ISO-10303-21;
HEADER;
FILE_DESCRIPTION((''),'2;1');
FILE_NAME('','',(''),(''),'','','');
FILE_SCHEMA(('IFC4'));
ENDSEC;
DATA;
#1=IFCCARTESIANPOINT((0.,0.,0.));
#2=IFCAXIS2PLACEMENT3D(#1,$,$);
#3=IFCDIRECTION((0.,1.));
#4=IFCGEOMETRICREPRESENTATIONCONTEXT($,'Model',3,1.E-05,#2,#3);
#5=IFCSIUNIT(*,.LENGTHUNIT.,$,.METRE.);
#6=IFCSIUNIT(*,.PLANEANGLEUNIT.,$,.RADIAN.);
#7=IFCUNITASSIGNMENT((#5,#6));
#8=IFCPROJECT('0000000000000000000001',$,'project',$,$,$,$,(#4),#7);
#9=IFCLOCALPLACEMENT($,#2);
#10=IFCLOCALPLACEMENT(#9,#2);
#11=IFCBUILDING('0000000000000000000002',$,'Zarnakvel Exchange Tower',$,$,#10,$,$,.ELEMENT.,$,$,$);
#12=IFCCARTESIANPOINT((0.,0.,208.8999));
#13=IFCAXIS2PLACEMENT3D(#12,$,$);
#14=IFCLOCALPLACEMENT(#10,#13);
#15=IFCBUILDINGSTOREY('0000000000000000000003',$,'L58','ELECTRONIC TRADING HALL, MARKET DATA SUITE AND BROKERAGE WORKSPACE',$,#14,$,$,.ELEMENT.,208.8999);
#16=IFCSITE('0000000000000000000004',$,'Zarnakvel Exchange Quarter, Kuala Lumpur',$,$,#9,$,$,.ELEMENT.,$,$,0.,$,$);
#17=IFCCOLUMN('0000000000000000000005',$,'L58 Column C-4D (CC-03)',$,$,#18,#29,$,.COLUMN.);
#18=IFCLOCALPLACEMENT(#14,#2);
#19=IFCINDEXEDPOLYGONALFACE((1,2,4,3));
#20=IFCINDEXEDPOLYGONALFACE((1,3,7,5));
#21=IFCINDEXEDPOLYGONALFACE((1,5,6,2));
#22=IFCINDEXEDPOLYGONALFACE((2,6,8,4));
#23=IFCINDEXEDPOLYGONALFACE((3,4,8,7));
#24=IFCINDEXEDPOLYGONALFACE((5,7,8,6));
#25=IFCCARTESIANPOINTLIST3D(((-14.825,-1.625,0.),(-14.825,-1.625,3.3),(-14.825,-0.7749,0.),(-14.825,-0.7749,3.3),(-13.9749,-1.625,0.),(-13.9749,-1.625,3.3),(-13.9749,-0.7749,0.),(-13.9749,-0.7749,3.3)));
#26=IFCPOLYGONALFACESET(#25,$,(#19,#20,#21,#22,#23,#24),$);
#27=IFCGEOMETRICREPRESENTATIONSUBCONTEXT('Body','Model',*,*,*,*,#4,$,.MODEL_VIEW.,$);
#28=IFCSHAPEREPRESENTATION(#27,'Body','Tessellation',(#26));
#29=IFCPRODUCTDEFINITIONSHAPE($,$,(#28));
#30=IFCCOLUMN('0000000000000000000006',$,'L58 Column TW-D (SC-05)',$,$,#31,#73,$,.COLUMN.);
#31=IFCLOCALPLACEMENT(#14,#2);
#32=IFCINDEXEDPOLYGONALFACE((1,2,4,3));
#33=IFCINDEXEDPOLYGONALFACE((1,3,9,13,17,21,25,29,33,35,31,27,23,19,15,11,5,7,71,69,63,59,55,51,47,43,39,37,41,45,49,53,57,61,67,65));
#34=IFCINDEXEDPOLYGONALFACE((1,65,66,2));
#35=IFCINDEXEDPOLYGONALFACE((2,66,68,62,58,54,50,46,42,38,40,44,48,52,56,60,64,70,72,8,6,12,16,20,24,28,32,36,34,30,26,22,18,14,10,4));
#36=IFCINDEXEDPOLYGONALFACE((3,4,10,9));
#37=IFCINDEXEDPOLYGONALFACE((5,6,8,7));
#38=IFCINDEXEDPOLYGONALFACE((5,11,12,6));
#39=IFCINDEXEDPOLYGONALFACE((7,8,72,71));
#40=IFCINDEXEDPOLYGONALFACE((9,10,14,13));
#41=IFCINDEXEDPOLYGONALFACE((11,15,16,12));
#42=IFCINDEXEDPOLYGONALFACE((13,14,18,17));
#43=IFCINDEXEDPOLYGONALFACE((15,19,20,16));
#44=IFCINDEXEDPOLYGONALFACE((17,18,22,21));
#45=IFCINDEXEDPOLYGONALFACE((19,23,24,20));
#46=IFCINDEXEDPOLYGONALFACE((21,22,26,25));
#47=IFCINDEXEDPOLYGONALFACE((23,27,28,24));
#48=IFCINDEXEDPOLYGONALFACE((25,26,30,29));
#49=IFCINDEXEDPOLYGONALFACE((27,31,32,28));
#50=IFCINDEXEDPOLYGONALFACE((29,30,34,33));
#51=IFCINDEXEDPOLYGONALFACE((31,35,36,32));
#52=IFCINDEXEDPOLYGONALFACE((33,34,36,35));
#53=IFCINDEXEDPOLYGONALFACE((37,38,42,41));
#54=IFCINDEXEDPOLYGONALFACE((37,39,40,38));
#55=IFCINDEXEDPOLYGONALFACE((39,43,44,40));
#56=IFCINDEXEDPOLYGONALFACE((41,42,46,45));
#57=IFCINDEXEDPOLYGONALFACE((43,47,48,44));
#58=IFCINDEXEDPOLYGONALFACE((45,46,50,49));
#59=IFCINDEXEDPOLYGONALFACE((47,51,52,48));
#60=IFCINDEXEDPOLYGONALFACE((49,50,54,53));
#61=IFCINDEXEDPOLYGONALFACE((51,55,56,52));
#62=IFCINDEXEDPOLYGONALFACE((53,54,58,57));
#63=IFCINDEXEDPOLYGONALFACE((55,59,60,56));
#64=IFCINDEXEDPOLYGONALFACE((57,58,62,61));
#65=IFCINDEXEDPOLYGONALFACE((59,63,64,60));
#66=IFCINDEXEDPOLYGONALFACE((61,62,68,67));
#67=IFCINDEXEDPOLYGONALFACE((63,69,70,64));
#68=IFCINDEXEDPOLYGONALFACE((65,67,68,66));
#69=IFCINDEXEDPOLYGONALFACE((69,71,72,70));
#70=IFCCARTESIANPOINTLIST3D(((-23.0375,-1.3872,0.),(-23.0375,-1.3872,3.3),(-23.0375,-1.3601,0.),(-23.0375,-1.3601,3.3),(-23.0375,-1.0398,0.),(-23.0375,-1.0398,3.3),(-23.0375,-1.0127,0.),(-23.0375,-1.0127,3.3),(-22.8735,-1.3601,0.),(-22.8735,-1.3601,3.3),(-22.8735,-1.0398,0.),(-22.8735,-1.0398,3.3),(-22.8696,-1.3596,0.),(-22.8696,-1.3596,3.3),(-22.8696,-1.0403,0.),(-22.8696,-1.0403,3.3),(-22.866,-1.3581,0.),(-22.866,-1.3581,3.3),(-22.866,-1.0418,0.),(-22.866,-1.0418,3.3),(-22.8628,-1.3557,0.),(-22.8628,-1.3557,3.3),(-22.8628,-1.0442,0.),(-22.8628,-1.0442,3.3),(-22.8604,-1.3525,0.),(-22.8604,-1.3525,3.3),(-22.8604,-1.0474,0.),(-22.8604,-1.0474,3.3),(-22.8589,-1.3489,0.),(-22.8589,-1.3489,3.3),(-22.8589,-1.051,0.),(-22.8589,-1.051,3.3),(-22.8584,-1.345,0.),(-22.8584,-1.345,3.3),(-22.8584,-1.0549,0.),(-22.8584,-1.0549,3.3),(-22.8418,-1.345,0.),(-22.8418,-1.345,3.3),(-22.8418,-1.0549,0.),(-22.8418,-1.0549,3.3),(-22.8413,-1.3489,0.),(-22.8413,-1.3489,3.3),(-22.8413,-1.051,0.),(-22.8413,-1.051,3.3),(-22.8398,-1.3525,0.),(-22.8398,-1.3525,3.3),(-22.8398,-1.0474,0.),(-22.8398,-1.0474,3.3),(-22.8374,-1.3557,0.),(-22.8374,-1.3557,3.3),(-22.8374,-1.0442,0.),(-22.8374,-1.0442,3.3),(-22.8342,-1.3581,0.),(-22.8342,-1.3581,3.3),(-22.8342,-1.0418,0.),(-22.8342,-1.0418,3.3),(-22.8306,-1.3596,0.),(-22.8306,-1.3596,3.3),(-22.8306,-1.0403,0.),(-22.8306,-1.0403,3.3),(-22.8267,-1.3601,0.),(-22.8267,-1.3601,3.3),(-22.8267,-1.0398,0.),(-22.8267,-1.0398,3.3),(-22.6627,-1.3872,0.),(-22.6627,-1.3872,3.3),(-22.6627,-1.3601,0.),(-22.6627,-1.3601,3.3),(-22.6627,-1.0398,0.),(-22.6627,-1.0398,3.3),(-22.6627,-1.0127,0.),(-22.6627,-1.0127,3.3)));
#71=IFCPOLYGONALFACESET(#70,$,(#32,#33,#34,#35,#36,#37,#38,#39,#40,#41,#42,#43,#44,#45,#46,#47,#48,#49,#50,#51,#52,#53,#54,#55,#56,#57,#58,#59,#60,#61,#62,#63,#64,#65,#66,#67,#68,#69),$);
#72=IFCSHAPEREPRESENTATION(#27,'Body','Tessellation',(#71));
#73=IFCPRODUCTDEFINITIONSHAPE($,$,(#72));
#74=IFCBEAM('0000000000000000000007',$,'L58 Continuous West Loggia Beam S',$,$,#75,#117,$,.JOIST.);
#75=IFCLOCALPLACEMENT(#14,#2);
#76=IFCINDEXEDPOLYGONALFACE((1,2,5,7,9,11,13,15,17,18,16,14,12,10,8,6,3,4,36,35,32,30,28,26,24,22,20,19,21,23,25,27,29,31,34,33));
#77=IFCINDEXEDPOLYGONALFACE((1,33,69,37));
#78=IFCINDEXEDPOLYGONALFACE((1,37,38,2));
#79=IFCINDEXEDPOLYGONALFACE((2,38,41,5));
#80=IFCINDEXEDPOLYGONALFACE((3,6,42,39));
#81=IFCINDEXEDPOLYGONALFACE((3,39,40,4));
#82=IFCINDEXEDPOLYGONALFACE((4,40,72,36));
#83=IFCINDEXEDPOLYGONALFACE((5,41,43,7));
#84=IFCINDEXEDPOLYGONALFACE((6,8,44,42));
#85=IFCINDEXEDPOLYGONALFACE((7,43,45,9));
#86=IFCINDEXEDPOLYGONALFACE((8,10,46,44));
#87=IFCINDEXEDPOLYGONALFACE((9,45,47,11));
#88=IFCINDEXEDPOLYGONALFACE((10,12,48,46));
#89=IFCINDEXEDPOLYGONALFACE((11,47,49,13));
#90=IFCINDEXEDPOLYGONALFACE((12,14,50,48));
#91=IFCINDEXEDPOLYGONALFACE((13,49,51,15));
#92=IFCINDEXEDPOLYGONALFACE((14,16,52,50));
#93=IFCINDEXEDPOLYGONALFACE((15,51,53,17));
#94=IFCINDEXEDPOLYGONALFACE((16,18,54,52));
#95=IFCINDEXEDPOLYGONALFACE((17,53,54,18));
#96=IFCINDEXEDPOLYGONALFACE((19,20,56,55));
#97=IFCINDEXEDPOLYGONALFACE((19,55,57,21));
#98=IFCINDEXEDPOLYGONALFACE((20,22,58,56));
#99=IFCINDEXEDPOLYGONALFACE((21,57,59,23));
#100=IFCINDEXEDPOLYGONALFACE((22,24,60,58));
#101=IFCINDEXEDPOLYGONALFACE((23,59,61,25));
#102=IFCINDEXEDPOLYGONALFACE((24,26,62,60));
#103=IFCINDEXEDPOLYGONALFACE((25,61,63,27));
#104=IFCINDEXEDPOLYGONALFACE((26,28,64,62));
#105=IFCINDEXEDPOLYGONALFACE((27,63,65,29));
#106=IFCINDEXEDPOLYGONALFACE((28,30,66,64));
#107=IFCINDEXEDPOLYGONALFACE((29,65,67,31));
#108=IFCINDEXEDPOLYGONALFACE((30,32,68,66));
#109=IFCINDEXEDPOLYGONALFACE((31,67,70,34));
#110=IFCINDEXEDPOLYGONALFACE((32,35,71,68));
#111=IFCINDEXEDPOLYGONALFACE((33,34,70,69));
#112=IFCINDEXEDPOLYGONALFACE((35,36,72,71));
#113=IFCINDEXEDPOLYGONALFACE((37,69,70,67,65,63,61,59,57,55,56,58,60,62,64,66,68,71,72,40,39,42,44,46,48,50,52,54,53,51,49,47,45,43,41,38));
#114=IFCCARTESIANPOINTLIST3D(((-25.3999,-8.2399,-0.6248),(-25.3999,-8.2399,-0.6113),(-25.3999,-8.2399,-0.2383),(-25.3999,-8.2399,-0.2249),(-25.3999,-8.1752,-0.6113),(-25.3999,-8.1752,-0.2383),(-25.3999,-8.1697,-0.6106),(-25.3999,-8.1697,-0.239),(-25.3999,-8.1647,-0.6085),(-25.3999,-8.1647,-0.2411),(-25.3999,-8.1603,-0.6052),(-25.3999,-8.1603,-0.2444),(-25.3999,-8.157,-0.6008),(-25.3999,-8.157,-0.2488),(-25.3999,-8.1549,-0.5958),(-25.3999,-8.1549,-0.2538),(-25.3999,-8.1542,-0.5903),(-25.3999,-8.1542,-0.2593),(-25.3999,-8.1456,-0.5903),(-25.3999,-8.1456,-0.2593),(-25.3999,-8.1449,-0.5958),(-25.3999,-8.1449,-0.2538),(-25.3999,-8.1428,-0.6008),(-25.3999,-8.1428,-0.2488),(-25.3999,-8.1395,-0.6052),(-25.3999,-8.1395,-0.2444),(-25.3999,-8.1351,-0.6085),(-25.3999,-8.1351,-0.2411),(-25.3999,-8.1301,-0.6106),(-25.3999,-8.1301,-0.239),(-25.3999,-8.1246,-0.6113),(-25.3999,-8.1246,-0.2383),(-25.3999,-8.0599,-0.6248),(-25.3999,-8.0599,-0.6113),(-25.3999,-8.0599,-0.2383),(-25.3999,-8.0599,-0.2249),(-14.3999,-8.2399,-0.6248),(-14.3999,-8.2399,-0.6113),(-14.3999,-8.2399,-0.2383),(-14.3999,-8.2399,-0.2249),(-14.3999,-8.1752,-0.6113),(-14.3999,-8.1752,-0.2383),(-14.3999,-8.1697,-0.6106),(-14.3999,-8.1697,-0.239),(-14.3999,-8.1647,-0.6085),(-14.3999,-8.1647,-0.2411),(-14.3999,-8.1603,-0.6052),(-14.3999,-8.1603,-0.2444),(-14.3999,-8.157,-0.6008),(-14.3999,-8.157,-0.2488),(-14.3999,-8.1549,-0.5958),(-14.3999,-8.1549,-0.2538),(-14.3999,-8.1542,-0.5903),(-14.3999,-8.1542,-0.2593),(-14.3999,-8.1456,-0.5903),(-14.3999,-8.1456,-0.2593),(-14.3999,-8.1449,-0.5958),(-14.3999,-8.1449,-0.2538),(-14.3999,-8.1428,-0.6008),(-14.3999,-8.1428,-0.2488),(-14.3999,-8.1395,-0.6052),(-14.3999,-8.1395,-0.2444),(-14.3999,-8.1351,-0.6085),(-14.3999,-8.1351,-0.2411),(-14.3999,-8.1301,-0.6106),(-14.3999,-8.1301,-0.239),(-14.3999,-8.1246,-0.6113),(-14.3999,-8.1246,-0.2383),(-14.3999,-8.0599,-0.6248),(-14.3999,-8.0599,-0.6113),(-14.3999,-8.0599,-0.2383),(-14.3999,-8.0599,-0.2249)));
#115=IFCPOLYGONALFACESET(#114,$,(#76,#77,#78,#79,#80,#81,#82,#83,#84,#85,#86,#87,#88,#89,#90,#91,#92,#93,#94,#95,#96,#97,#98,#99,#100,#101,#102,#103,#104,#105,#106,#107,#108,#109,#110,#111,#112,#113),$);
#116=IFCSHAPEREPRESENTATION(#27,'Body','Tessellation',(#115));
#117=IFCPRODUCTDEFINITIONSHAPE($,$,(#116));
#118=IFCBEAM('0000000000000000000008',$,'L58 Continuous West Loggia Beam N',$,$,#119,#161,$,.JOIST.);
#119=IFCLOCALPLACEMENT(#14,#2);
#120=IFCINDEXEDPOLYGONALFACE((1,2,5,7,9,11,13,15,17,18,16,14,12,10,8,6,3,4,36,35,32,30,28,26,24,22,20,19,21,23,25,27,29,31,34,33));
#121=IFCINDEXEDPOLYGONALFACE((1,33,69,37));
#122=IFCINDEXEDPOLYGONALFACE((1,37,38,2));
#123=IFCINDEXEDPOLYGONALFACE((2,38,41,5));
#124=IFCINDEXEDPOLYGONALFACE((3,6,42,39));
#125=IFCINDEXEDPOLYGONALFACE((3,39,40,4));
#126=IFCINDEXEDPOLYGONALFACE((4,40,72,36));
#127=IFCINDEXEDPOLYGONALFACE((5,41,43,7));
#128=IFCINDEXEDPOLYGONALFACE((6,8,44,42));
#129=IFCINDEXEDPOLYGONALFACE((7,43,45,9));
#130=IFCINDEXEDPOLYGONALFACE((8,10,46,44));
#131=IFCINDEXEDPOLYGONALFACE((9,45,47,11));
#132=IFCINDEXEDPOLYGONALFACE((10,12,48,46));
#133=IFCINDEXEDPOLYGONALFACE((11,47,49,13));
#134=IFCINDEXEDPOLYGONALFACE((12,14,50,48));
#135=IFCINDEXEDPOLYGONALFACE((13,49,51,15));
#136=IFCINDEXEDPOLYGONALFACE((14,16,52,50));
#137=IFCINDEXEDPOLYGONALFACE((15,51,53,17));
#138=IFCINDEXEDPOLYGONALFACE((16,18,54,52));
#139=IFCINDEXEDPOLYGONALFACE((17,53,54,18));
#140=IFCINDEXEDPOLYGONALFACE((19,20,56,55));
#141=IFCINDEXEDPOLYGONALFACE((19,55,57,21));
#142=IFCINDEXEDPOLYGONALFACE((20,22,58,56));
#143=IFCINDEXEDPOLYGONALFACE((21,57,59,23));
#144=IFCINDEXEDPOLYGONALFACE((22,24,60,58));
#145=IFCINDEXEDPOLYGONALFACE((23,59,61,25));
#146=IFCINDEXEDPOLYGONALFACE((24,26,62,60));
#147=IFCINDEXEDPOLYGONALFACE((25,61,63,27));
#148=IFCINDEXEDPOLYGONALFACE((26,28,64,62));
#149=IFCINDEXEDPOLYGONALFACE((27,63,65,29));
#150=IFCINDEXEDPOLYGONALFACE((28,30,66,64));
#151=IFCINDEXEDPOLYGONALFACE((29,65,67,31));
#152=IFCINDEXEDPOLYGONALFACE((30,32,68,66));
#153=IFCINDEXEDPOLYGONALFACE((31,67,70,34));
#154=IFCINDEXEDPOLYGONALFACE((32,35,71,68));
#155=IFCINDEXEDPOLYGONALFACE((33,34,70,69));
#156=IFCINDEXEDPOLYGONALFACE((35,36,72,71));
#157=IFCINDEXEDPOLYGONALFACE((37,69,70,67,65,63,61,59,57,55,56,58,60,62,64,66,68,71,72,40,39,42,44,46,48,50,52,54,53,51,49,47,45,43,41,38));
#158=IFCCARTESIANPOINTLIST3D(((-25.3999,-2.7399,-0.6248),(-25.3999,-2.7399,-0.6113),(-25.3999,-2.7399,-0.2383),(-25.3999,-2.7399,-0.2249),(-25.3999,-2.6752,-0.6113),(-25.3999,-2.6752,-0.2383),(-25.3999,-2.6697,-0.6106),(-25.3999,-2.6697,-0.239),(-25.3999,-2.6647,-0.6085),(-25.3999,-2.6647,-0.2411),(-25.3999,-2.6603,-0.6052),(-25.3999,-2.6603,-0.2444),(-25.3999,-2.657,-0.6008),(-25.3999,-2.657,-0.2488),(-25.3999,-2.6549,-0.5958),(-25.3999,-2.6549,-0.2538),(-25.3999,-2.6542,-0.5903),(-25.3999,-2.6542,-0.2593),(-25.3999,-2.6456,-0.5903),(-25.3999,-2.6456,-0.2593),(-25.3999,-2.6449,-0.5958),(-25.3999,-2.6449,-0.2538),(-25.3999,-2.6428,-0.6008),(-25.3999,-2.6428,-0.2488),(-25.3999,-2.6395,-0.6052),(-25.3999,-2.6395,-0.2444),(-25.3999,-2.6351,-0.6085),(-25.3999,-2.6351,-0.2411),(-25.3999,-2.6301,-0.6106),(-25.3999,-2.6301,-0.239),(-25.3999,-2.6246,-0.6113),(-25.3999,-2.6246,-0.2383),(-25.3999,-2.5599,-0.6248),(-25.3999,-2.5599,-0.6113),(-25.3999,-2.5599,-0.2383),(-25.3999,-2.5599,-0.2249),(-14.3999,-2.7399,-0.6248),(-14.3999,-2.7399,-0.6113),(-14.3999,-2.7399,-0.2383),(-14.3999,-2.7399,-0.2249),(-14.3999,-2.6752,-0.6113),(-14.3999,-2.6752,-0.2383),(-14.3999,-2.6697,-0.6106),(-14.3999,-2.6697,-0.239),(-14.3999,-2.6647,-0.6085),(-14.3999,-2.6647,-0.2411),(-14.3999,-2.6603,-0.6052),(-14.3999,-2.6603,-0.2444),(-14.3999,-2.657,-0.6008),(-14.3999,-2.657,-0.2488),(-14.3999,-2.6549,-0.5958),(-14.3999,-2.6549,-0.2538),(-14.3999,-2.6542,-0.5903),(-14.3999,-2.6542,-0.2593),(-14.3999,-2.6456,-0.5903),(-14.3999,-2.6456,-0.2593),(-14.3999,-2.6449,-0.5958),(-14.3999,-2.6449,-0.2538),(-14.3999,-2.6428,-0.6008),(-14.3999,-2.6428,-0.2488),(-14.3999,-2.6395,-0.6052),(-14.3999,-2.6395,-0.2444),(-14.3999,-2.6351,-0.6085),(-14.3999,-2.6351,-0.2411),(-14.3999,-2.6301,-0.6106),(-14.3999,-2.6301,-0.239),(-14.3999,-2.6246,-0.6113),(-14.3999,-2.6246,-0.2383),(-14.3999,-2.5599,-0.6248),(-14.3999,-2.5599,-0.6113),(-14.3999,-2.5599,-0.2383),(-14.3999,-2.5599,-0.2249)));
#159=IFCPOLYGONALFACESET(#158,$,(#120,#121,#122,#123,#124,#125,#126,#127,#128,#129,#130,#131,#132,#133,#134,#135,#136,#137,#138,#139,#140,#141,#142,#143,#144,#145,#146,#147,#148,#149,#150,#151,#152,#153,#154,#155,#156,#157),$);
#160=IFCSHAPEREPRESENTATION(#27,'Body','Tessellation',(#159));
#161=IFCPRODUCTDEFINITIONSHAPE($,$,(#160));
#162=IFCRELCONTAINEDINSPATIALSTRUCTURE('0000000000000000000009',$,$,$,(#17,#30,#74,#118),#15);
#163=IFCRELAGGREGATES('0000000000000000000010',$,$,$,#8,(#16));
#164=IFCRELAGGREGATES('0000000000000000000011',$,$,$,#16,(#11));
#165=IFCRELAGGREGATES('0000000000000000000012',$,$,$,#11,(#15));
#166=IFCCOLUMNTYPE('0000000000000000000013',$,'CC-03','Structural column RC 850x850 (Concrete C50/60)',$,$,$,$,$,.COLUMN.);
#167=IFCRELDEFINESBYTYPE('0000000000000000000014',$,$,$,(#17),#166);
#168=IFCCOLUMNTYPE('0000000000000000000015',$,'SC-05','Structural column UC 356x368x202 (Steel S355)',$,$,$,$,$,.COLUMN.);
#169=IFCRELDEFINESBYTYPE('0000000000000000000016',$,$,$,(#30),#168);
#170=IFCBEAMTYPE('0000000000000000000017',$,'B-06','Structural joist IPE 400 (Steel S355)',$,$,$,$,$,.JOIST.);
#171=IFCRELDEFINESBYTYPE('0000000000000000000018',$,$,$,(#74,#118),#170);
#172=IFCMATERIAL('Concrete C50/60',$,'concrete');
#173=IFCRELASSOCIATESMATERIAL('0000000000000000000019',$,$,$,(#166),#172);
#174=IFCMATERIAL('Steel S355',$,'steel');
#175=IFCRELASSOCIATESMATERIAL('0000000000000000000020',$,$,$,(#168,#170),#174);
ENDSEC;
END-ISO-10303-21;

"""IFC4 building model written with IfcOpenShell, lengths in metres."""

from ifc_helpers import new_model, si_unit, direction, frame, origin, origin_2d, place, context, subcontext, project, spatial, rectangle, i_section, extrude, material, material_profile, profile_set, type_object, element, save


model = new_model("IFC4")

# Units and contexts
model_context = context("Model", 3, precision=1e-05, world=origin(), true_north=direction((0.0, 1.0)))
body_context = subcontext(model_context, "Body", "Model", "MODEL_VIEW")
ifc_project = project(units=[si_unit("LENGTHUNIT", "METRE"), si_unit("PLANEANGLEUNIT", "RADIAN")], contexts=[model_context])

# Site, building, storey
site_placement = place(None, origin())
site = spatial("IfcSite", under=ifc_project, at=site_placement, Name="Zarnakvel Exchange Quarter, Kuala Lumpur", CompositionType="ELEMENT", RefElevation=0.0)
building_placement = place(site_placement, origin())
building = spatial("IfcBuilding", under=site, at=building_placement, Name="Zarnakvel Exchange Tower", CompositionType="ELEMENT")
storey_placement = place(building_placement, frame((0.0, 0.0, 208.8999)))
storey = spatial("IfcBuildingStorey", under=building, at=storey_placement, Name="L58", Description="ELECTRONIC TRADING HALL, MARKET DATA SUITE AND BROKERAGE WORKSPACE", CompositionType="ELEMENT", Elevation=208.8999)

# Columns
ifc_material_1 = material(Name="Concrete C50/60", Category="concrete")
ifc_material_profile_1 = material_profile(ifc_material_1, rectangle(XDim=0.8501, YDim=0.8501, at=origin_2d()))
ifc_profile_set_1 = profile_set([ifc_material_profile_1], Name="Concrete C50/60")
column_type_1 = type_object("IfcColumnType", Name="CC-03", Description="Structural column RC 850x850 (Concrete C50/60)", PredefinedType="COLUMN", material=ifc_profile_set_1)
column_1_placement = place(storey_placement, frame((-14.3999, -1.2, 0.0), z_axis=(0.0, 0.0, 1.0), x_axis=(1.0, 0.0, 0.0)))
element("IfcColumn", 1, at=column_1_placement, inside=storey, type_object=column_type_1, Name="L58 Column C-4D (CC-03)", PredefinedType="COLUMN", context=body_context, shape_type="SweptSolid", body=[
    extrude(rectangle(XDim=0.8501, YDim=0.8501, at=origin_2d()), origin(), (0.0, 0.0, 1.0), 3.3),
])
ifc_material_2 = material(Name="Steel S355", Category="steel")
ifc_material_profile_2 = material_profile(ifc_material_2, i_section(OverallWidth=0.3748, OverallDepth=0.3745, WebThickness=0.0166, FlangeThickness=0.0271, FilletRadius=0.0151, at=origin_2d()))
ifc_profile_set_2 = profile_set([ifc_material_profile_2], Name="Steel S355")
column_type_2 = type_object("IfcColumnType", Name="SC-05", Description="Structural column UC 356x368x202 (Steel S355)", PredefinedType="COLUMN", material=ifc_profile_set_2)
column_2_placement = place(storey_placement, frame((-22.8501, -1.2, 0.0), z_axis=(0.0, 0.0, 1.0), x_axis=(1.0, 0.0, 0.0)))
element("IfcColumn", 2, at=column_2_placement, inside=storey, type_object=column_type_2, Name="L58 Column TW-D (SC-05)", PredefinedType="COLUMN", context=body_context, shape_type="SweptSolid", body=[
    extrude(i_section(OverallWidth=0.3748, OverallDepth=0.3745, WebThickness=0.0166, FlangeThickness=0.0271, FilletRadius=0.0151, at=origin_2d()), origin(), (0.0, 0.0, 1.0), 3.3),
])

# Beams
ifc_material_profile_3 = material_profile(ifc_material_2, i_section(OverallWidth=0.1799, OverallDepth=0.3999, WebThickness=0.0085, FlangeThickness=0.0134, FilletRadius=0.021, at=origin_2d()))
ifc_profile_set_3 = profile_set([ifc_material_profile_3], Name="Steel S355")
beam_type_1 = type_object("IfcBeamType", Name="B-06", Description="Structural joist IPE 400 (Steel S355)", PredefinedType="JOIST", material=ifc_profile_set_3)
for number, where, z_axis, x_axis, name in (
    (3, (-14.3999, -8.1499, -0.4248), (-1.0, 0.0, 0.0), (0.0, -1.0, 0.0), "L58 Continuous West Loggia Beam S"),
    (4, (-14.3999, -2.6499, -0.4248), (-1.0, 0.0, 0.0), (0.0, -1.0, 0.0), "L58 Continuous West Loggia Beam N"),
):
    element("IfcBeam", number, at=place(storey_placement, frame(where, z_axis=z_axis, x_axis=x_axis)), inside=storey, type_object=beam_type_1, Name=name, PredefinedType="JOIST", context=body_context, shape_type="SweptSolid", body=[
        extrude(i_section(OverallWidth=0.1799, OverallDepth=0.3999, WebThickness=0.0085, FlangeThickness=0.0134, FilletRadius=0.021, at=origin_2d()), origin(), (0.0, 0.0, 1.0), 11.0),
    ])

save(model, "model.ifc")
